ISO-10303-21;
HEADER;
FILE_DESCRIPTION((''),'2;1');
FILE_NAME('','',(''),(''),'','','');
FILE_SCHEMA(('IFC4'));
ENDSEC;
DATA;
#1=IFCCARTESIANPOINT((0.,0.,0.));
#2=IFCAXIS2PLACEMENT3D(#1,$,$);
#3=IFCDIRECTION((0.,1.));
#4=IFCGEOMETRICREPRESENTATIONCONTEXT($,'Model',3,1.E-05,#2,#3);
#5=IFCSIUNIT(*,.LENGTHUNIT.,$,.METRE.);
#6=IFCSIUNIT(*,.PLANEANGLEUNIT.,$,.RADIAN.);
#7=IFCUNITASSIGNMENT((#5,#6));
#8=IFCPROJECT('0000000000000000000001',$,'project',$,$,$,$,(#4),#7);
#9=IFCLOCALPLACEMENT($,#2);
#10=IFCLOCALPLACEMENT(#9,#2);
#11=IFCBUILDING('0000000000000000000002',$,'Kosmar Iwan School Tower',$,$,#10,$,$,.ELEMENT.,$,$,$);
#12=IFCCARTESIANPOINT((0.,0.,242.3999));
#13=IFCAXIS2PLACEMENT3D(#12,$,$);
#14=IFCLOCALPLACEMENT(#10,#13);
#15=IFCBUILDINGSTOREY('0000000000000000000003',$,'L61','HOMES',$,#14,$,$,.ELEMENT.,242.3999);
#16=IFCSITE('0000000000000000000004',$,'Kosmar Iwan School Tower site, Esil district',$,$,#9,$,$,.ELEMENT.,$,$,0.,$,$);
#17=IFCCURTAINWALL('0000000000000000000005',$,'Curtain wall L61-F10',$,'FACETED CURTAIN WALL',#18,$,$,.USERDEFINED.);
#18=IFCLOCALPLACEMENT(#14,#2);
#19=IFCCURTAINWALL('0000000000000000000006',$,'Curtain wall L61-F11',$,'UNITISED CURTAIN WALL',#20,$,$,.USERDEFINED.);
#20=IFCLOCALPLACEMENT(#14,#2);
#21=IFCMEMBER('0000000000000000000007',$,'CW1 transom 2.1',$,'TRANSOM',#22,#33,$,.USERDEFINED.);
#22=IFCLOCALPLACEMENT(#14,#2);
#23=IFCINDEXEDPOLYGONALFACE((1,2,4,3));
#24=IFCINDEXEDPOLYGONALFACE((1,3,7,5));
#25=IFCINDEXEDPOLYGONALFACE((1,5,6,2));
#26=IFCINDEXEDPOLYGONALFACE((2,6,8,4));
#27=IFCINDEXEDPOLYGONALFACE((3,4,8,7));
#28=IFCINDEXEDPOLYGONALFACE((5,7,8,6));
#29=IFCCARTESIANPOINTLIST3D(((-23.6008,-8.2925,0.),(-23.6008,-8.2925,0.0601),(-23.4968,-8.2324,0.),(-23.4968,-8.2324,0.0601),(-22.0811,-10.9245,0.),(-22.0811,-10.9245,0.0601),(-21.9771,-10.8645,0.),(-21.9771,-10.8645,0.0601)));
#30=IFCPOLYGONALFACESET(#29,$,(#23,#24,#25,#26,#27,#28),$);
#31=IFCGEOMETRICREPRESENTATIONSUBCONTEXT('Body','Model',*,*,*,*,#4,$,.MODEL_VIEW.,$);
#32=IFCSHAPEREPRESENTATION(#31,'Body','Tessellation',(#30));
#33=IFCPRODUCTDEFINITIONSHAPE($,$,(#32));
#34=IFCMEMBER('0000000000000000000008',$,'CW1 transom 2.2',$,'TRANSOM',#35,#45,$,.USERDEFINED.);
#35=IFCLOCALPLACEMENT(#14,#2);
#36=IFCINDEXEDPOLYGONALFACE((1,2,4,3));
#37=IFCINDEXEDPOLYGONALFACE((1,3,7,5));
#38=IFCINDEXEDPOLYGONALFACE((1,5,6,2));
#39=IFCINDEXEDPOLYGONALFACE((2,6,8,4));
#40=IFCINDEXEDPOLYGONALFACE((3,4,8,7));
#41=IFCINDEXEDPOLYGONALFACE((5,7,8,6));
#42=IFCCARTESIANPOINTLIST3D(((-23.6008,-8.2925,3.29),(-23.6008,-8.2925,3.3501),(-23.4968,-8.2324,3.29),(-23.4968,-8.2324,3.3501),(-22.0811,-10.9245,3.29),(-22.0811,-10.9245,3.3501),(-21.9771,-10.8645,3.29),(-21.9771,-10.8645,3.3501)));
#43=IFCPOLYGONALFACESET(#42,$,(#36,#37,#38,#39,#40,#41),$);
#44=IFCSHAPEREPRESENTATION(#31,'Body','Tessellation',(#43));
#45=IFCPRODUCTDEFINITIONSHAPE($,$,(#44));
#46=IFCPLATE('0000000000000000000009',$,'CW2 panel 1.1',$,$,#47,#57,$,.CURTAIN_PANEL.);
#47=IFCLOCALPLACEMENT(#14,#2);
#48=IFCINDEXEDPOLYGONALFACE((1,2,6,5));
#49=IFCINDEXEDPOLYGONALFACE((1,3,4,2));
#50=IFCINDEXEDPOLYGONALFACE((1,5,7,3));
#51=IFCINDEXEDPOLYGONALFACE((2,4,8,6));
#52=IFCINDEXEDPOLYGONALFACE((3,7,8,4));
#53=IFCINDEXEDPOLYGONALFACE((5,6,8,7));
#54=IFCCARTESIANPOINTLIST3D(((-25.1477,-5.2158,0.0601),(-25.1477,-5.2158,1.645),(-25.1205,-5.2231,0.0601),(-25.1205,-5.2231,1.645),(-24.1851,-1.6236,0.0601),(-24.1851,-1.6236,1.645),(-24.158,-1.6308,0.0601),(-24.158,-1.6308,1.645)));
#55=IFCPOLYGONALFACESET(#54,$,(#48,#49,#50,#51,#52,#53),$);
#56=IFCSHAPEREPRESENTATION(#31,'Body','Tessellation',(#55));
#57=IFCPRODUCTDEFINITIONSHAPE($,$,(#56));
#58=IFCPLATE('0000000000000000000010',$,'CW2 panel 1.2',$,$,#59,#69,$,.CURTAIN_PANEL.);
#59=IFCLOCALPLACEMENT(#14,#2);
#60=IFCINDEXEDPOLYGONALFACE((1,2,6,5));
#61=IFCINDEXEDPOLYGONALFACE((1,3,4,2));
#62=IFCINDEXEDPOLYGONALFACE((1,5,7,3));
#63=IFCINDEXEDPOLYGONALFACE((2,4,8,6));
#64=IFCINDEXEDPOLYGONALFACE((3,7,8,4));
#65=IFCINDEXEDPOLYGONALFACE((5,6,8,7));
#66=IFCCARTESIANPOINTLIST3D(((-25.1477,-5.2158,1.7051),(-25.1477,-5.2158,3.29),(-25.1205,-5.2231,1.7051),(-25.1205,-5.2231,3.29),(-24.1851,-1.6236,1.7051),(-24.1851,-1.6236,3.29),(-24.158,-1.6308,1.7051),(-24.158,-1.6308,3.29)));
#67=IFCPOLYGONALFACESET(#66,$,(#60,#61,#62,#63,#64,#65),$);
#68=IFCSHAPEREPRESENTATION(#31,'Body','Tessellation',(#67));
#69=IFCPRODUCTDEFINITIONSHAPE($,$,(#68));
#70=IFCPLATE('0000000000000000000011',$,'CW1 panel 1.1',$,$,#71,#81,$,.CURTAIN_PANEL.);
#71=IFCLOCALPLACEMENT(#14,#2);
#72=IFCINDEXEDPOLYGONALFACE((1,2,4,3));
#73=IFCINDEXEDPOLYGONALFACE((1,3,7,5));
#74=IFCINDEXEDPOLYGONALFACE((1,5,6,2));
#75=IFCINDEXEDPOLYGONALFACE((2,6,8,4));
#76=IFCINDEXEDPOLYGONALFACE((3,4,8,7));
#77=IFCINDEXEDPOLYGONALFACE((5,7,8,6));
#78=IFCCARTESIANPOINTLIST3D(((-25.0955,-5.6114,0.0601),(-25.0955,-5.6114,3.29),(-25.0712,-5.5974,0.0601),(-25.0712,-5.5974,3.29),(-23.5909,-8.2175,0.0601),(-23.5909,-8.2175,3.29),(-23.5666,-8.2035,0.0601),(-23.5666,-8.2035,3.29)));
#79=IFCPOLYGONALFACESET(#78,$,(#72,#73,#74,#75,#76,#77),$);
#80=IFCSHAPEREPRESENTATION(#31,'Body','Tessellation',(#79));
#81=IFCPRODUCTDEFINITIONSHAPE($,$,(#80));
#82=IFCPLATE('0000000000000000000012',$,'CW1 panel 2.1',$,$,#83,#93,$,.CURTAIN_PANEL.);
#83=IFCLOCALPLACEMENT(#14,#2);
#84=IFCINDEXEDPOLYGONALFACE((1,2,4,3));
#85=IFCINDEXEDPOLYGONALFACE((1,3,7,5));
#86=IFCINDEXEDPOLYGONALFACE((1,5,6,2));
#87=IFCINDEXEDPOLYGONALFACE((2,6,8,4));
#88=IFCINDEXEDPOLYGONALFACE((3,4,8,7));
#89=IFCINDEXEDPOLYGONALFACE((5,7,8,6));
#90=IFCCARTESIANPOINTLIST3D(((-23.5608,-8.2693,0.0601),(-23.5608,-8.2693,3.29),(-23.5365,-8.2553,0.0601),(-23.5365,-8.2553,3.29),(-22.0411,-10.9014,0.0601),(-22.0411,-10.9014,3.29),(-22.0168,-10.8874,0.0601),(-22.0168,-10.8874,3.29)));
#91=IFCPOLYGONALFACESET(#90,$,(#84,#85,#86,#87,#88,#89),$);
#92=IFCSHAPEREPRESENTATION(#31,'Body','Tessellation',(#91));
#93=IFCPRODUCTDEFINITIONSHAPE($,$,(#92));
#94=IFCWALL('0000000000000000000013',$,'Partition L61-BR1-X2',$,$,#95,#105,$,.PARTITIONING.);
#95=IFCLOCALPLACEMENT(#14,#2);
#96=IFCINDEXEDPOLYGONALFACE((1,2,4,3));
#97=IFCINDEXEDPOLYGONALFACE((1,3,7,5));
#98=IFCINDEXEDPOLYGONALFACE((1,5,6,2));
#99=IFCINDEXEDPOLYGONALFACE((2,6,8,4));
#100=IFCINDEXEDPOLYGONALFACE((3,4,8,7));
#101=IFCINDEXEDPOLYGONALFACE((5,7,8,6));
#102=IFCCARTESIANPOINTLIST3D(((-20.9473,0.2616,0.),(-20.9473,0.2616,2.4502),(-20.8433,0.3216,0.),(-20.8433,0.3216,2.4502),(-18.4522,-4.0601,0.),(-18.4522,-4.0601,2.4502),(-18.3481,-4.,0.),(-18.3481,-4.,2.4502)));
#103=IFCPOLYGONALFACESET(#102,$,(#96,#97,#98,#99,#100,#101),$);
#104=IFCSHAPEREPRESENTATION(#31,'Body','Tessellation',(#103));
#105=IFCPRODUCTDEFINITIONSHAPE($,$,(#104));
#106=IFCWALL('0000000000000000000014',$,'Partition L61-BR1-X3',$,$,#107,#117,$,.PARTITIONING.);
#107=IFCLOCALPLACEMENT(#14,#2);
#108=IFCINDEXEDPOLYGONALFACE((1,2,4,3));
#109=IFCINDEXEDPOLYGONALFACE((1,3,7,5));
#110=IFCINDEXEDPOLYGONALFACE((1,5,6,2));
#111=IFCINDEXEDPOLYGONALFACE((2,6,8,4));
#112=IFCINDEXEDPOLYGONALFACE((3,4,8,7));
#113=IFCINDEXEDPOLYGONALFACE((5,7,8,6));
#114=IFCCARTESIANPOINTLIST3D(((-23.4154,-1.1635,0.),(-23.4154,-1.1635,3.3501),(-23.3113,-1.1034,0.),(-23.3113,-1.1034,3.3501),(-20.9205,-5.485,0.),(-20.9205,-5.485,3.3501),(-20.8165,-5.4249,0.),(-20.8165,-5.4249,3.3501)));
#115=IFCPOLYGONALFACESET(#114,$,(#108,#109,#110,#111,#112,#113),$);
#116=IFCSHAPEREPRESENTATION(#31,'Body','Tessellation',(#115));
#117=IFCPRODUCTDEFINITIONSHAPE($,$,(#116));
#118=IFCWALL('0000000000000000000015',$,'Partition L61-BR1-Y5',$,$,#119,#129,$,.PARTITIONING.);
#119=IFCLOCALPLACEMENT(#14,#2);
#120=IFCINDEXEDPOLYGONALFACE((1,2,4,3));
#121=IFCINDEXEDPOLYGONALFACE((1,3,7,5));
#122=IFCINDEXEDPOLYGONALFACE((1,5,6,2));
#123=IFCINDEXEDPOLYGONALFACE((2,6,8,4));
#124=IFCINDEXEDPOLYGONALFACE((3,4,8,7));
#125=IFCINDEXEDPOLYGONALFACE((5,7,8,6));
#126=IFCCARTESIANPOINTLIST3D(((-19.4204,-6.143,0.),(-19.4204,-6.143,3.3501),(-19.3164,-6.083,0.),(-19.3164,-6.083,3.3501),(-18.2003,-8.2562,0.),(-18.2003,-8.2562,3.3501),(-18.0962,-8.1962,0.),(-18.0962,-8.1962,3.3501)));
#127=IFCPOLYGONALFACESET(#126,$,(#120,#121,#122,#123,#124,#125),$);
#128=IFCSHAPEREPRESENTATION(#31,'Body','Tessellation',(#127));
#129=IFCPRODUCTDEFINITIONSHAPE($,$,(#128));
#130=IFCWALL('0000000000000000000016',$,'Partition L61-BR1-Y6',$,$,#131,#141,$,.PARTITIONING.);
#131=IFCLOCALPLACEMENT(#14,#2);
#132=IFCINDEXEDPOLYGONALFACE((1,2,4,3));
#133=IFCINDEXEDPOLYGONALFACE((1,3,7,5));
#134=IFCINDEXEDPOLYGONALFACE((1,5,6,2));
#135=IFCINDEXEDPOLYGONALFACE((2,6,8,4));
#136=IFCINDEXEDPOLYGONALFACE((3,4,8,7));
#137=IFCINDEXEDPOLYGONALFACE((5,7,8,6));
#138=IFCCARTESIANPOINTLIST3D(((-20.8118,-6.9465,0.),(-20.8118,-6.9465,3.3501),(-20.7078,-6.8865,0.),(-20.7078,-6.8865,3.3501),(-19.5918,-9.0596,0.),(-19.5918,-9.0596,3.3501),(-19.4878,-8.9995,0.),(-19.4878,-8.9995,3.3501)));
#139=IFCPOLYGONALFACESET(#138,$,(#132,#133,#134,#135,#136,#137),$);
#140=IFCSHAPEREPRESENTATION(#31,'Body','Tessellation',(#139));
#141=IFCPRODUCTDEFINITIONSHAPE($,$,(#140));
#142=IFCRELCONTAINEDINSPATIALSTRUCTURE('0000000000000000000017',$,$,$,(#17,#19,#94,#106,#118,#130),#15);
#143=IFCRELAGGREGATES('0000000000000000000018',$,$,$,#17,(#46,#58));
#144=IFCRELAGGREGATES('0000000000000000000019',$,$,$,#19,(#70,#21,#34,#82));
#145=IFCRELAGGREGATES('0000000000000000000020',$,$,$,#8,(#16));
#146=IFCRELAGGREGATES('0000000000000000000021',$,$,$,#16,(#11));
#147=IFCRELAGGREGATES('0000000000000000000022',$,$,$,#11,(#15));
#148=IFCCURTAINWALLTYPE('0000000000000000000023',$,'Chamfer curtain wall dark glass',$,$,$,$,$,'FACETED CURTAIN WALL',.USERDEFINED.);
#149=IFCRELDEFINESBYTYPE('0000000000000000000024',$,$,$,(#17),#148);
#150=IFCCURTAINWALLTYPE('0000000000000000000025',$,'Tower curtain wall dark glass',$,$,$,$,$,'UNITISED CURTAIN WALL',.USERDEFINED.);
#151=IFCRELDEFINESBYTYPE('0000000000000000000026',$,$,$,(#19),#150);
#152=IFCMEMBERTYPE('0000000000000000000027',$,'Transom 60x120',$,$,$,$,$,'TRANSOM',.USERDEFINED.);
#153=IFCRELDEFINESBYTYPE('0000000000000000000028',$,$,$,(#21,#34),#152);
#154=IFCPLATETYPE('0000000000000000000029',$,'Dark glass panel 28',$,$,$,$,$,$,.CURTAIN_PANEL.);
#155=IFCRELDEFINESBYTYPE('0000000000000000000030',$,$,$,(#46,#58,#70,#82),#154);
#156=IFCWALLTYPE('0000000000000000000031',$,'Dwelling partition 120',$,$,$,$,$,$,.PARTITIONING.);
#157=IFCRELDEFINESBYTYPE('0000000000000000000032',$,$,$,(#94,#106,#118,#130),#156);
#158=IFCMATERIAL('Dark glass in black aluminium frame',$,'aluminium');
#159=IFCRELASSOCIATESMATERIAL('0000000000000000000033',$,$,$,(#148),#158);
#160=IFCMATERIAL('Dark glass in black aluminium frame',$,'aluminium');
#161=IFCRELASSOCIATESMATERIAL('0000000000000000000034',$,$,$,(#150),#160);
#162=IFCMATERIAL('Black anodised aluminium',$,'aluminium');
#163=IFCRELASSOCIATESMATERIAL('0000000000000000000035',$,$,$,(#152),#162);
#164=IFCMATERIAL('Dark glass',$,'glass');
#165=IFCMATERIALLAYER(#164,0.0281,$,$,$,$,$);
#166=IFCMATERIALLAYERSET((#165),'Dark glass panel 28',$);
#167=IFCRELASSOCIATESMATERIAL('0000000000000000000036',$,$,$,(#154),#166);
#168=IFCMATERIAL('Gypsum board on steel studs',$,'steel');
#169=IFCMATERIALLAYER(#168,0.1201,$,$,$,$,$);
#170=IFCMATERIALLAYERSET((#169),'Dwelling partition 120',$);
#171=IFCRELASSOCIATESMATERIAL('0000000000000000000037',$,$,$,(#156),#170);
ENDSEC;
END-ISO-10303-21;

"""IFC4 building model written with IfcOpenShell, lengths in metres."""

from ifc_helpers import new_model, si_unit, direction, frame, frame_2d, origin, origin_2d, place, context, subcontext, project, spatial, rectangle, extrude, material, layer, layer_set, material_profile, profile_set, type_object, element, aggregate, save


model = new_model("IFC4")

# Units and contexts
model_context = context("Model", 3, precision=1e-05, world=origin(), true_north=direction((0.0, 1.0)))
body_context = subcontext(model_context, "Body", "Model", "MODEL_VIEW")
ifc_project = project(units=[si_unit("LENGTHUNIT", "METRE"), si_unit("PLANEANGLEUNIT", "RADIAN")], contexts=[model_context])

# Site, building, storey
site_placement = place(None, origin())
site = spatial("IfcSite", under=ifc_project, at=site_placement, Name="Kosmar Iwan School Tower site, Esil district", CompositionType="ELEMENT", RefElevation=0.0)
building_placement = place(site_placement, origin())
building = spatial("IfcBuilding", under=site, at=building_placement, Name="Kosmar Iwan School Tower", CompositionType="ELEMENT")
storey_placement = place(building_placement, frame((0.0, 0.0, 242.3999)))
storey = spatial("IfcBuildingStorey", under=building, at=storey_placement, Name="L61", Description="HOMES", CompositionType="ELEMENT", Elevation=242.3999)

# Curtain walls
ifc_material_1 = material(Name="Dark glass in black aluminium frame", Category="aluminium")
curtain_wall_type_1 = type_object("IfcCurtainWallType", Name="Chamfer curtain wall dark glass", ElementType="FACETED CURTAIN WALL", PredefinedType="USERDEFINED", material=ifc_material_1)
curtain_wall_1_placement = place(storey_placement, origin())
curtain_wall_1 = element("IfcCurtainWall", 1, at=curtain_wall_1_placement, inside=storey, type_object=curtain_wall_type_1, Name="Curtain wall L61-F10", ObjectType="FACETED CURTAIN WALL", PredefinedType="USERDEFINED")
ifc_material_2 = material(Name="Dark glass in black aluminium frame", Category="aluminium")
curtain_wall_type_2 = type_object("IfcCurtainWallType", Name="Tower curtain wall dark glass", ElementType="UNITISED CURTAIN WALL", PredefinedType="USERDEFINED", material=ifc_material_2)
curtain_wall_2_placement = place(storey_placement, origin())
curtain_wall_2 = element("IfcCurtainWall", 2, at=curtain_wall_2_placement, inside=storey, type_object=curtain_wall_type_2, Name="Curtain wall L61-F11", ObjectType="UNITISED CURTAIN WALL", PredefinedType="USERDEFINED")

# Members
ifc_material_3 = material(Name="Black anodised aluminium", Category="aluminium")
ifc_material_profile_1 = material_profile(ifc_material_3, rectangle(XDim=0.1201, YDim=0.0601, at=origin_2d()), Name="TRANSOM 60x120")
ifc_profile_set_1 = profile_set([ifc_material_profile_1], Name="Black anodised aluminium")
member_type_1 = type_object("IfcMemberType", Name="Transom 60x120", ElementType="TRANSOM", PredefinedType="USERDEFINED", material=ifc_profile_set_1)
member_1_placement = place(storey_placement, frame((-23.5488, -8.2625, 0.03), z_axis=(0.500035, -0.866005, 0.0), x_axis=(0.866005, 0.500035, 0.0)))
member_1 = element("IfcMember", 3, at=member_1_placement, type_object=member_type_1, Name="CW1 transom 2.1", ObjectType="TRANSOM", PredefinedType="USERDEFINED", context=body_context, shape_type="SweptSolid", body=[
    extrude(rectangle(XDim=0.1201, YDim=0.0601, at=origin_2d()), origin(), (0.0, 0.0, 1.0), 3.0393),
])
member_2_placement = place(storey_placement, frame((-23.5488, -8.2625, 3.3201), z_axis=(0.500035, -0.866005, 0.0), x_axis=(0.866005, 0.500035, 0.0)))
member_2 = element("IfcMember", 4, at=member_2_placement, type_object=member_type_1, Name="CW1 transom 2.2", ObjectType="TRANSOM", PredefinedType="USERDEFINED", context=body_context, shape_type="SweptSolid", body=[
    extrude(rectangle(XDim=0.1201, YDim=0.0601, at=origin_2d()), origin(), (0.0, 0.0, 1.0), 3.0393),
])

# Plates
ifc_material_4 = material(Name="Dark glass", Category="glass")
ifc_layer_1 = layer(ifc_material_4, 0.0281)
ifc_layer_set_1 = layer_set([ifc_layer_1], Name="Dark glass panel 28")
plate_type = type_object("IfcPlateType", Name="Dark glass panel 28", PredefinedType="CURTAIN_PANEL", material=ifc_layer_set_1)
plate_1_placement = place(storey_placement, frame((-24.6528, -3.4233, 0.0601), z_axis=(0.0, 0.0, 1.0), x_axis=(-0.258819, -0.965926, 0.0)))
plate_1 = element("IfcPlate", 5, at=plate_1_placement, type_object=plate_type, Name="CW2 panel 1.1", PredefinedType="CURTAIN_PANEL", context=body_context, shape_type="SweptSolid", body=[
    extrude(rectangle(XDim=3.719, YDim=0.0281, at=origin_2d()), origin(), (0.0, 0.0, 1.0), 1.585),
])
plate_2_placement = place(storey_placement, frame((-24.6528, -3.4233, 1.7051), z_axis=(0.0, 0.0, 1.0), x_axis=(-0.258819, -0.965926, 0.0)))
plate_2 = element("IfcPlate", 6, at=plate_2_placement, type_object=plate_type, Name="CW2 panel 1.2", PredefinedType="CURTAIN_PANEL", context=body_context, shape_type="SweptSolid", body=[
    extrude(rectangle(XDim=3.719, YDim=0.0281, at=origin_2d()), origin(), (0.0, 0.0, 1.0), 1.585),
])
aggregate(curtain_wall_1, [plate_1, plate_2])
plate_3_placement = place(storey_placement, frame((-24.3311, -6.9075, 0.0601), z_axis=(0.0, 0.0, 1.0), x_axis=(0.5, -0.866025, 0.0)))
plate_3 = element("IfcPlate", 7, at=plate_3_placement, type_object=plate_type, Name="CW1 panel 1.1", PredefinedType="CURTAIN_PANEL", context=body_context, shape_type="SweptSolid", body=[
    extrude(rectangle(XDim=3.0093, YDim=0.0281, at=origin_2d()), origin(), (0.0, 0.0, 1.0), 3.23),
])
plate_4_placement = place(storey_placement, frame((-22.7888, -9.5784, 0.0601), z_axis=(0.0, 0.0, 1.0), x_axis=(0.5, -0.866025, 0.0)))
plate_4 = element("IfcPlate", 8, at=plate_4_placement, type_object=plate_type, Name="CW1 panel 2.1", PredefinedType="CURTAIN_PANEL", context=body_context, shape_type="SweptSolid", body=[
    extrude(rectangle(XDim=3.0393, YDim=0.0281, at=origin_2d()), origin(), (0.0, 0.0, 1.0), 3.23),
])
aggregate(curtain_wall_2, [plate_3, member_1, member_2, plate_4])

# Walls
ifc_material_5 = material(Name="Gypsum board on steel studs", Category="steel")
ifc_layer_2 = layer(ifc_material_5, 0.1201)
ifc_layer_set_2 = layer_set([ifc_layer_2], Name="Dwelling partition 120")
wall_type = type_object("IfcWallType", Name="Dwelling partition 120", PredefinedType="PARTITIONING", material=ifc_layer_set_2)
wall_1_placement = place(storey_placement, frame((-18.4001, -4.03, 0.0), z_axis=(0.0, 0.0, 1.0), x_axis=(-0.500012, 0.866019, 0.0)))
element("IfcWall", 9, at=wall_1_placement, inside=storey, type_object=wall_type, Name="Partition L61-BR1-X2", PredefinedType="PARTITIONING", context=body_context, shape_type="SweptSolid", body=[
    extrude(rectangle(XDim=4.9902, YDim=0.1201, at=frame_2d((2.4951, 0.0))), origin(), (0.0, 0.0, 1.0), 2.4502),
])
wall_2_placement = place(storey_placement, frame((-20.8684, -5.4551, 0.0), z_axis=(0.0, 0.0, 1.0), x_axis=(-0.499975, 0.86604, 0.0)))
element("IfcWall", 10, at=wall_2_placement, inside=storey, type_object=wall_type, Name="Partition L61-BR1-X3", PredefinedType="PARTITIONING", context=body_context, shape_type="SweptSolid", body=[
    extrude(rectangle(XDim=4.99, YDim=0.1201, at=frame_2d((2.4951, 0.0))), origin(), (0.0, 0.0, 1.0), 3.3501),
])
wall_3_placement = place(storey_placement, frame((-18.1482, -8.2263, 0.0), z_axis=(0.0, 0.0, 1.0), x_axis=(-0.500034, 0.866006, 0.0)))
element("IfcWall", 11, at=wall_3_placement, inside=storey, type_object=wall_type, Name="Partition L61-BR1-Y5", PredefinedType="PARTITIONING", context=body_context, shape_type="SweptSolid", body=[
    extrude(rectangle(XDim=2.4402, YDim=0.1201, at=frame_2d((1.2202, 0.0))), origin(), (0.0, 0.0, 1.0), 3.3501),
])
wall_4_placement = place(storey_placement, frame((-19.5398, -9.0295, 0.0), z_axis=(0.0, 0.0, 1.0), x_axis=(-0.500003, 0.866024, 0.0)))
element("IfcWall", 12, at=wall_4_placement, inside=storey, type_object=wall_type, Name="Partition L61-BR1-Y6", PredefinedType="PARTITIONING", context=body_context, shape_type="SweptSolid", body=[
    extrude(rectangle(XDim=2.4399, YDim=0.1201, at=frame_2d((1.22, 0.0))), origin(), (0.0, 0.0, 1.0), 3.3501),
])

save(model, "model.ifc")
